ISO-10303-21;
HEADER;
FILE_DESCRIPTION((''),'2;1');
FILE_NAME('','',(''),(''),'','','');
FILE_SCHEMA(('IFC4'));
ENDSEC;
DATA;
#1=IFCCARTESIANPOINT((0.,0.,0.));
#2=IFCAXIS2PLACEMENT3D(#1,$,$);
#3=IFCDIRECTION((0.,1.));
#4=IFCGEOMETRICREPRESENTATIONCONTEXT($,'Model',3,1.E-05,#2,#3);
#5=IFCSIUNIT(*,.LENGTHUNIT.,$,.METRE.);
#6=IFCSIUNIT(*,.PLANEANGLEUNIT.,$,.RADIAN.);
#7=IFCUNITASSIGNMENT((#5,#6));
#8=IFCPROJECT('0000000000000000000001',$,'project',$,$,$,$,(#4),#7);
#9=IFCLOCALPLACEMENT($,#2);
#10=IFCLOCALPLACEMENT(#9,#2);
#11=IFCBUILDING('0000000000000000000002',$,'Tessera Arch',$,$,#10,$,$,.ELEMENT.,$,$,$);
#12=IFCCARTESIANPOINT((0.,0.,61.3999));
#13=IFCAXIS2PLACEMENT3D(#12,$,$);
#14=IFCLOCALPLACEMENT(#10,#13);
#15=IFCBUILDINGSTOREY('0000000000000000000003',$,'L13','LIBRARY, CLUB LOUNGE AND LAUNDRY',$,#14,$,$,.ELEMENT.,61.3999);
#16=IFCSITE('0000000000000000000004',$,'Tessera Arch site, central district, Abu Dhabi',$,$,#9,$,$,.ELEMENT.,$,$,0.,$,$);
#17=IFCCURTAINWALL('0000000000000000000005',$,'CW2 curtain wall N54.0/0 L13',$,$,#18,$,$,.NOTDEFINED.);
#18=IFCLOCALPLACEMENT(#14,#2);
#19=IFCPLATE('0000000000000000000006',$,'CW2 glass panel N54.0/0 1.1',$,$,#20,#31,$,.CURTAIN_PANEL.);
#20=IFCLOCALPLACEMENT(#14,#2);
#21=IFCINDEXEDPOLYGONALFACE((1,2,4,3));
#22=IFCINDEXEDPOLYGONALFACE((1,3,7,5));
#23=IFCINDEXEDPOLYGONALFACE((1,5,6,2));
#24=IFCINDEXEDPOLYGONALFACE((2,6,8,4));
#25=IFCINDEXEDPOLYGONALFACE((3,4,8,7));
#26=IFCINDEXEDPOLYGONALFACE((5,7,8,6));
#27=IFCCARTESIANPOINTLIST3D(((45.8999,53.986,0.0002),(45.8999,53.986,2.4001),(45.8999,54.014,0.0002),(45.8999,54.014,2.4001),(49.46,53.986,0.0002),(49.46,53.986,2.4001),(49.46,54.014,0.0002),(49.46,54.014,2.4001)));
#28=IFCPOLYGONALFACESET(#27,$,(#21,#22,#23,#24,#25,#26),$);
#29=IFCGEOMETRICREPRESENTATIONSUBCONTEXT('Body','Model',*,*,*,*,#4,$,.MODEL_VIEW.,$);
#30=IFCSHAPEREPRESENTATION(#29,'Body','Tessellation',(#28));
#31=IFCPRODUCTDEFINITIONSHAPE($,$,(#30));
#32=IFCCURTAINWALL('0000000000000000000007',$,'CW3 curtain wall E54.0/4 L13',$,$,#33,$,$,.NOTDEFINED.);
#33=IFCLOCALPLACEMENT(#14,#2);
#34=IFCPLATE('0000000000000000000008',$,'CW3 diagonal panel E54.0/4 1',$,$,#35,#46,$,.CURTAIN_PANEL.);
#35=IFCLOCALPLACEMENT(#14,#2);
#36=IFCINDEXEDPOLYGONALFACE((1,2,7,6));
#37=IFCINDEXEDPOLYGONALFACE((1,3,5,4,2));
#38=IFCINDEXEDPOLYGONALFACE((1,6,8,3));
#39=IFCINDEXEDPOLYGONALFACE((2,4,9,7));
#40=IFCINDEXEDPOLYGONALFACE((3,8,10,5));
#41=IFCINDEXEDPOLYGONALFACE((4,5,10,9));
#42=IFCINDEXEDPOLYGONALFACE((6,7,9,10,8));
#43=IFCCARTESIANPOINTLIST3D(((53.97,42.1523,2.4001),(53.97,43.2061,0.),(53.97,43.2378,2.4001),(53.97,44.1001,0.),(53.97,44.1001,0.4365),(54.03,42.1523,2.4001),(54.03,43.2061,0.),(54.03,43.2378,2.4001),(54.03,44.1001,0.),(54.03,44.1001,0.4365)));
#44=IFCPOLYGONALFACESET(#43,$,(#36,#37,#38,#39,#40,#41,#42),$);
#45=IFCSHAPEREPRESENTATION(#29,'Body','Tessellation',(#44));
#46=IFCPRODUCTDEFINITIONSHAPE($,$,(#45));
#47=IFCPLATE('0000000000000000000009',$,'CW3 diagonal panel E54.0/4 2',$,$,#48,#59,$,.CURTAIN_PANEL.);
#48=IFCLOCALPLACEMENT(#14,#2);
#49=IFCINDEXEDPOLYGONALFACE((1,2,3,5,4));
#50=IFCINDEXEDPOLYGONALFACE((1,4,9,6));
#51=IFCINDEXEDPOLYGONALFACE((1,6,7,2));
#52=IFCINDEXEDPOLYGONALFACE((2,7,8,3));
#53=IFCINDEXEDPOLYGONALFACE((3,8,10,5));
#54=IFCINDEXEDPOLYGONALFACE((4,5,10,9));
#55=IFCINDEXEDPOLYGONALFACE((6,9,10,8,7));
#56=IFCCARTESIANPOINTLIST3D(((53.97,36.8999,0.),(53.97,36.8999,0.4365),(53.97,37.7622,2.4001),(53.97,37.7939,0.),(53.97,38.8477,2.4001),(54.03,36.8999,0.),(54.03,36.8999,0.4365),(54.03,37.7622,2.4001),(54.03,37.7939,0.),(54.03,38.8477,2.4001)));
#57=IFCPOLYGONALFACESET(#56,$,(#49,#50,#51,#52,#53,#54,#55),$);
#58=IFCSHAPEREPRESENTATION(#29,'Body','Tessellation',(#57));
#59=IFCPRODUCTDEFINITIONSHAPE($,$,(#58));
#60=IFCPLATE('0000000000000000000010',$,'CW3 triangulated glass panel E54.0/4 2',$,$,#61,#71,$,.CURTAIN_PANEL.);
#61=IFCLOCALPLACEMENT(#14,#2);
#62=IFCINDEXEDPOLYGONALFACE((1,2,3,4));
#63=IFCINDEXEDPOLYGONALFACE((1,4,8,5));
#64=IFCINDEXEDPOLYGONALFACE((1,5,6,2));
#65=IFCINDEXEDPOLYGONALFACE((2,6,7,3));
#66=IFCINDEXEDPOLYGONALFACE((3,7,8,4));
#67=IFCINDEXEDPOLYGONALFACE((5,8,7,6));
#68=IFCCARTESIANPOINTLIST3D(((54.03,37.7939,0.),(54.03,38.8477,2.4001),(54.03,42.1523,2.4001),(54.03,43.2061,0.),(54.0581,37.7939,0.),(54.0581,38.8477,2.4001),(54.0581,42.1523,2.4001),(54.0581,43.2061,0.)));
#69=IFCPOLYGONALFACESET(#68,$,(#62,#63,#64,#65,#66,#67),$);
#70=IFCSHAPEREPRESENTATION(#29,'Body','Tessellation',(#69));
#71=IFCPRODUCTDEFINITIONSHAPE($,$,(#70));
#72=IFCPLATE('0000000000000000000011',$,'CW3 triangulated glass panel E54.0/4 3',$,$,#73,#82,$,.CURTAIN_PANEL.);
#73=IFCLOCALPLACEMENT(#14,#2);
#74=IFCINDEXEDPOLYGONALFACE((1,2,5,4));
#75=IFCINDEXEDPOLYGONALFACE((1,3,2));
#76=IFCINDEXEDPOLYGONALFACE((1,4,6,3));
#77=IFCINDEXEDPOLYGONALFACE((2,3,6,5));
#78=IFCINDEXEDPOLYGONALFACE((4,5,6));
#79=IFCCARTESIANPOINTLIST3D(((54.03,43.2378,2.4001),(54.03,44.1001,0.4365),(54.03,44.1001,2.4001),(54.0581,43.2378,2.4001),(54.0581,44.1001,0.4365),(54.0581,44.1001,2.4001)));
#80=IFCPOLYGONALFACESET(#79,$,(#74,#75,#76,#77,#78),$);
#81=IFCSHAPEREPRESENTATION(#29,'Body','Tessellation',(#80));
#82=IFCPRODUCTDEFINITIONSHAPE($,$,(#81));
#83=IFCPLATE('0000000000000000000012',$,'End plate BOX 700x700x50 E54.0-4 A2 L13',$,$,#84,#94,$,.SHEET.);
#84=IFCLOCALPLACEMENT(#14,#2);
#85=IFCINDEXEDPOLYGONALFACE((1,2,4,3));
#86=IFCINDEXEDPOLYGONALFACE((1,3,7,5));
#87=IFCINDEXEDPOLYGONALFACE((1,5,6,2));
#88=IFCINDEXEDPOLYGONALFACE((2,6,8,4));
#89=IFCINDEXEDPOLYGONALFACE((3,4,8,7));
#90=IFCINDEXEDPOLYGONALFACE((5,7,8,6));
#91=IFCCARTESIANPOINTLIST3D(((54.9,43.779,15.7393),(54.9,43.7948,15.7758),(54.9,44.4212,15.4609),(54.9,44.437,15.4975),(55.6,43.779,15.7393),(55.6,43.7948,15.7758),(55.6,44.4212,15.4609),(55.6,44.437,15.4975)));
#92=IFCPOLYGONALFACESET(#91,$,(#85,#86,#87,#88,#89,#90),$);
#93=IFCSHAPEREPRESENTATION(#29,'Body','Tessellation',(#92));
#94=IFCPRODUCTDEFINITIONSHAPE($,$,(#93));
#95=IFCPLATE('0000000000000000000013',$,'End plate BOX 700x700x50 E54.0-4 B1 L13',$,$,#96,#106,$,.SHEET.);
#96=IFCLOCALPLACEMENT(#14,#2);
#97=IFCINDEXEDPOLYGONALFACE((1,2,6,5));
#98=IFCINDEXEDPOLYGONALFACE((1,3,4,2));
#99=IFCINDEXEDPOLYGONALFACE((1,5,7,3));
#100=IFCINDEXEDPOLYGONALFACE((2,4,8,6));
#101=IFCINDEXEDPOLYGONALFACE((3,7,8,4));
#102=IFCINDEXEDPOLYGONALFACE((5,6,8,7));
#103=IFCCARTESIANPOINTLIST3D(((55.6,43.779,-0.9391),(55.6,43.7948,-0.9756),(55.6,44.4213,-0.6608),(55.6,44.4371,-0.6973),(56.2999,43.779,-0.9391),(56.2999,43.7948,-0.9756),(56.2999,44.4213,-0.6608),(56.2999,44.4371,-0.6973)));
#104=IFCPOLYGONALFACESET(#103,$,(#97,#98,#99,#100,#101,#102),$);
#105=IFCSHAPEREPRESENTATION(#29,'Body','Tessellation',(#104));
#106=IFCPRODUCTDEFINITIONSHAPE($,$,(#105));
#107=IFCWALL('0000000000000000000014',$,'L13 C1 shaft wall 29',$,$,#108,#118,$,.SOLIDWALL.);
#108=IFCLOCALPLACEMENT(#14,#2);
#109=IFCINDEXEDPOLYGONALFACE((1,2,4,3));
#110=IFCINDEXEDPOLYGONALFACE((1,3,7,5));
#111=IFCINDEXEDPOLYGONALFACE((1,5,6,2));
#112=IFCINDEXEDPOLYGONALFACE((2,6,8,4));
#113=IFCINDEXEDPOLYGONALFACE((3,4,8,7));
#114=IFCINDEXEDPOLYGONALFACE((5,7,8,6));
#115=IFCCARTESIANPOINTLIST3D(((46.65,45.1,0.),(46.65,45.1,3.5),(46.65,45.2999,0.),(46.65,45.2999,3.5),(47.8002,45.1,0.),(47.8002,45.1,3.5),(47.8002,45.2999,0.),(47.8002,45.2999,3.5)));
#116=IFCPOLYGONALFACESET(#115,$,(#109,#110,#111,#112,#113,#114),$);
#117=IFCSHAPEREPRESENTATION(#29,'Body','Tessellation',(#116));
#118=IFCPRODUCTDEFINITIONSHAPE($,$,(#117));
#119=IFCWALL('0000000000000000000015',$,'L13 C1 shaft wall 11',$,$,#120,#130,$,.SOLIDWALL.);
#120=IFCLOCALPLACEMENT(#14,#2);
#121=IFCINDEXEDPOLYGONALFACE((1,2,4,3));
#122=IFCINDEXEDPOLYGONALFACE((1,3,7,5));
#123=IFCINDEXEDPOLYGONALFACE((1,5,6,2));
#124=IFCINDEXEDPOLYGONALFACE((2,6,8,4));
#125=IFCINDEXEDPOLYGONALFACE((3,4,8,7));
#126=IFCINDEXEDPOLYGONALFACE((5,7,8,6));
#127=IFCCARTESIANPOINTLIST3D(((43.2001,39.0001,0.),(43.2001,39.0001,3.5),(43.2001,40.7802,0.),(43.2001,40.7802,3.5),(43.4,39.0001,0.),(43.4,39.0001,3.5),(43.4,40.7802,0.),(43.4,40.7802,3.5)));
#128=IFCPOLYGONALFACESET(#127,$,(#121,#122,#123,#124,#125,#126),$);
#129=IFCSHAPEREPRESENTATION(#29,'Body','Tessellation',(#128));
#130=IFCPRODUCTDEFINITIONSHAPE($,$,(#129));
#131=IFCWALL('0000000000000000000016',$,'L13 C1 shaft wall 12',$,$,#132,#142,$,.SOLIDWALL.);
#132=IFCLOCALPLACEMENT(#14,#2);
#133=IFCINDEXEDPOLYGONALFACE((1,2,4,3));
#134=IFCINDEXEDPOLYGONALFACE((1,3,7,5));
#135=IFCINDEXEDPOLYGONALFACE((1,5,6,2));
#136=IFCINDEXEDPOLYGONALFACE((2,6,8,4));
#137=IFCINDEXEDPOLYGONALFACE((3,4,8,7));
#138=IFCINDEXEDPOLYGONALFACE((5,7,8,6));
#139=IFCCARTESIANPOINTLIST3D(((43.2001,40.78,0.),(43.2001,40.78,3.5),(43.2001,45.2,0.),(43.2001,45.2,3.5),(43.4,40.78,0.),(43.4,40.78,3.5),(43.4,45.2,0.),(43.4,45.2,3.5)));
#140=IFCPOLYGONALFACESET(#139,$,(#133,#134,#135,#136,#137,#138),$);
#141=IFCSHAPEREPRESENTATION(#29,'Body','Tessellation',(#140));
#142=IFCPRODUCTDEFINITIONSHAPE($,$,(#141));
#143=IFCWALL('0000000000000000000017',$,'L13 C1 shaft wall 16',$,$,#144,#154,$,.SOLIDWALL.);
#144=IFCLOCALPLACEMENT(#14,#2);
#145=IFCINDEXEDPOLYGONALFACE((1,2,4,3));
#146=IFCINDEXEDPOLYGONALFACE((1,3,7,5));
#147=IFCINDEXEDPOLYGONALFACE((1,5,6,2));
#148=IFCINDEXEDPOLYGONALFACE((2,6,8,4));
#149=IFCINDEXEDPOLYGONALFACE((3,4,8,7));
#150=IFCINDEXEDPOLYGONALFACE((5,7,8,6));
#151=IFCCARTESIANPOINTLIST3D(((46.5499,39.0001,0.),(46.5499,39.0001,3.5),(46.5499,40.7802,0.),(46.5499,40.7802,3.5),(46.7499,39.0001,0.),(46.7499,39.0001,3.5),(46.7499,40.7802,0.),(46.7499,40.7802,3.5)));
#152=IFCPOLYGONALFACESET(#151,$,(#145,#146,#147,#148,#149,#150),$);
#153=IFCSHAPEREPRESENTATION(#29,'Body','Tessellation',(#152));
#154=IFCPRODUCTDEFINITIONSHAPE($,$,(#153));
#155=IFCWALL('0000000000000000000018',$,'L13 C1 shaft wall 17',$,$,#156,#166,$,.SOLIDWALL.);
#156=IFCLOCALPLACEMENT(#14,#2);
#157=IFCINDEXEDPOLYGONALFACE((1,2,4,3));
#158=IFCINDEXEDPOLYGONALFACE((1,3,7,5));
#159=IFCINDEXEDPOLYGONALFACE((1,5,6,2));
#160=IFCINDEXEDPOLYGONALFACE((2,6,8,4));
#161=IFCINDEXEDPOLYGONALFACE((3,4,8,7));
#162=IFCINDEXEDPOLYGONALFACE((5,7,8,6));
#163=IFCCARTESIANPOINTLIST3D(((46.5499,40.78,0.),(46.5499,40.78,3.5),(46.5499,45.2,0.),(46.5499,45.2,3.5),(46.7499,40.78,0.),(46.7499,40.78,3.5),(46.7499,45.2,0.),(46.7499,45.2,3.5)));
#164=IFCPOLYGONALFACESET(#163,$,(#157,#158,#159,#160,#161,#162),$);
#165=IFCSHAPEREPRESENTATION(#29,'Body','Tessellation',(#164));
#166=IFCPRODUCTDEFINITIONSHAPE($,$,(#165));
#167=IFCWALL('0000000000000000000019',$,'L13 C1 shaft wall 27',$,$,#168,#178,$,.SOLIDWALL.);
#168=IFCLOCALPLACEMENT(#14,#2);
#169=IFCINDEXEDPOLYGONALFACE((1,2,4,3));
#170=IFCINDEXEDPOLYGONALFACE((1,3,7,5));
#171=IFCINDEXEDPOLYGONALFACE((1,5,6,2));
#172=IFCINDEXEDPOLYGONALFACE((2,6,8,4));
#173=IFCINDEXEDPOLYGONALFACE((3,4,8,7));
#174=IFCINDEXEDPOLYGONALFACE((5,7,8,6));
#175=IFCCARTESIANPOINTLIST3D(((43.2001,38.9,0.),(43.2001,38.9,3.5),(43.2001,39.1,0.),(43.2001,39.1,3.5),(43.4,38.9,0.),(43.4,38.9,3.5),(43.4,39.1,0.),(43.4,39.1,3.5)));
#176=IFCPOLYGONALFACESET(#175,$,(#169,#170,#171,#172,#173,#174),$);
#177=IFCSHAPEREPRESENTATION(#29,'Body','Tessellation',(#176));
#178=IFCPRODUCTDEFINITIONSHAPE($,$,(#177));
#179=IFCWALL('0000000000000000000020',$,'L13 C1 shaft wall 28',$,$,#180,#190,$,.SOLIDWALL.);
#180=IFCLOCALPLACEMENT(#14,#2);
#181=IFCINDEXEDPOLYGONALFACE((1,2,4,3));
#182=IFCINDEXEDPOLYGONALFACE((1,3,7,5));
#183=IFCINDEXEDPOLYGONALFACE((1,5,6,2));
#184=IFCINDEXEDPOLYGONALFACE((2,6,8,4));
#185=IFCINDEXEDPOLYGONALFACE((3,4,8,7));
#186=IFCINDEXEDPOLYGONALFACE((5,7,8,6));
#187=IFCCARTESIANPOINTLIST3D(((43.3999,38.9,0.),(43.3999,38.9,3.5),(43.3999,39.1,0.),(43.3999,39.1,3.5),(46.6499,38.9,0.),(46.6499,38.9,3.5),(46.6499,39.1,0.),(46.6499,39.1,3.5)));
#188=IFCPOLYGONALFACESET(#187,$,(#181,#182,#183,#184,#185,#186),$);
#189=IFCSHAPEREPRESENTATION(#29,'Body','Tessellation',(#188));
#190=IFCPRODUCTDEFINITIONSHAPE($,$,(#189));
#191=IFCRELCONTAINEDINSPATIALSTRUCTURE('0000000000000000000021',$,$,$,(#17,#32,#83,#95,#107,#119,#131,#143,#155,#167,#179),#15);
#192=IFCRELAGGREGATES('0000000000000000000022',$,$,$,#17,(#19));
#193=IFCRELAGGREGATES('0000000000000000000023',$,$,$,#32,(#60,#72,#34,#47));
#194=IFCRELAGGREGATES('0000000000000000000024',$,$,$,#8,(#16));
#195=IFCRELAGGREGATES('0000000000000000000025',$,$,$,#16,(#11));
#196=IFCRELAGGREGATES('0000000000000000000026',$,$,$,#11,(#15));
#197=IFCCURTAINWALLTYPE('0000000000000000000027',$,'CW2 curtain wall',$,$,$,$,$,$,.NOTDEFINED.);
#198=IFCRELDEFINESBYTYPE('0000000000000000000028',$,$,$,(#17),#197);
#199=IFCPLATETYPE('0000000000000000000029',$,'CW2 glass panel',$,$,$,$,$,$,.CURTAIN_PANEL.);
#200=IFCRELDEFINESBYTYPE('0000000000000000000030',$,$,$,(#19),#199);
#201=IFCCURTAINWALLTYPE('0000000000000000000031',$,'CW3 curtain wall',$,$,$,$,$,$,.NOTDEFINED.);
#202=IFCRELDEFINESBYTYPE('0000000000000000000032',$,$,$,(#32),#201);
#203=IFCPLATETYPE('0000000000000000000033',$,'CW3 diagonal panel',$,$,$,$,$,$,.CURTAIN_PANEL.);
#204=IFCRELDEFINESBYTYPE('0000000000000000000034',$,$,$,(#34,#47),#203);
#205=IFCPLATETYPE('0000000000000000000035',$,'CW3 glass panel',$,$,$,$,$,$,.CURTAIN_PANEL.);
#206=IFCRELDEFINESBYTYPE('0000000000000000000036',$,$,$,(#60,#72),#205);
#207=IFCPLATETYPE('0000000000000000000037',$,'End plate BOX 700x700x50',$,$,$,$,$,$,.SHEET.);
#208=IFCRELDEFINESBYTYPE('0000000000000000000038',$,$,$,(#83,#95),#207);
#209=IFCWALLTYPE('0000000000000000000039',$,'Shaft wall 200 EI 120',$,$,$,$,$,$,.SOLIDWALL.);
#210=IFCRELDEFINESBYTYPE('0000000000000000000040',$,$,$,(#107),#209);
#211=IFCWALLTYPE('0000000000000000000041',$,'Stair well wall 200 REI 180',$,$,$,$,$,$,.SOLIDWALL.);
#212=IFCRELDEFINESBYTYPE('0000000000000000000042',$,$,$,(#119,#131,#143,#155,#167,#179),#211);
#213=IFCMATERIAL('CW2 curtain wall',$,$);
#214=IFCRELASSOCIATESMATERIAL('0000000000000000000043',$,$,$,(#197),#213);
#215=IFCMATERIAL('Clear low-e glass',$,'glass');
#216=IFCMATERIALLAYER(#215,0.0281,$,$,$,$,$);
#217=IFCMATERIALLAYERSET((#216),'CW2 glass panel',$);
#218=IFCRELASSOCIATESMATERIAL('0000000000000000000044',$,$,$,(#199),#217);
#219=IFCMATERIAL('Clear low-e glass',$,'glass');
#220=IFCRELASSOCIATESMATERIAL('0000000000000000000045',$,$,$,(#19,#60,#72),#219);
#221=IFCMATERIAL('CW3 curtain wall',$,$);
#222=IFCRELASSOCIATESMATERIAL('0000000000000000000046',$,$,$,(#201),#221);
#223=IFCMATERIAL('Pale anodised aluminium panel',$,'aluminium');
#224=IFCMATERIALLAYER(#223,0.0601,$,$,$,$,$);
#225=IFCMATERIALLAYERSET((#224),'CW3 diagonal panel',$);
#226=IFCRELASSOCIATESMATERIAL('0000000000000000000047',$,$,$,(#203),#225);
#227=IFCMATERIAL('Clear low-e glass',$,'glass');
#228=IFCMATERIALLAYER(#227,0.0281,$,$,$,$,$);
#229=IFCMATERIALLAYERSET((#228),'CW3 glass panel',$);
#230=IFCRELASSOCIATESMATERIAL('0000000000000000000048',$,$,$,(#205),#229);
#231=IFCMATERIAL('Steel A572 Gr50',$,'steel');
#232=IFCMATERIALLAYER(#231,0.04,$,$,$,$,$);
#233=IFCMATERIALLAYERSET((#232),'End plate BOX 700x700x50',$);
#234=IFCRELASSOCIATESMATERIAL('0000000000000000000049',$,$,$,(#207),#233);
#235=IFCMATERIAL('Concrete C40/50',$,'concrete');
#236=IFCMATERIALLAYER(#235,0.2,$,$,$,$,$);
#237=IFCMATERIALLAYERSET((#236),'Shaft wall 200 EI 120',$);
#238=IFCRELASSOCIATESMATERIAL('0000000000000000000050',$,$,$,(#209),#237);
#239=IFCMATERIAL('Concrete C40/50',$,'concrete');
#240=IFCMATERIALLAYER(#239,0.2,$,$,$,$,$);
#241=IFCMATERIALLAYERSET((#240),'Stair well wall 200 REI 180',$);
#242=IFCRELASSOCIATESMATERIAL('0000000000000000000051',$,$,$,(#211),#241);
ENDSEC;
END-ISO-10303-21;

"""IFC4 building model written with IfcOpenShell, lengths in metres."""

from ifc_helpers import new_model, si_unit, direction, frame, frame_2d, origin, origin_2d, place, context, subcontext, project, spatial, polyline, rectangle, outline, extrude, material, layer, layer_set, type_object, element, aggregate, save


model = new_model("IFC4")

# Units and contexts
model_context = context("Model", 3, precision=1e-05, world=origin(), true_north=direction((0.0, 1.0)))
body_context = subcontext(model_context, "Body", "Model", "MODEL_VIEW")
ifc_project = project(units=[si_unit("LENGTHUNIT", "METRE"), si_unit("PLANEANGLEUNIT", "RADIAN")], contexts=[model_context])

# Site, building, storey
site_placement = place(None, origin())
site = spatial("IfcSite", under=ifc_project, at=site_placement, Name="Tessera Arch site, central district, Abu Dhabi", CompositionType="ELEMENT", RefElevation=0.0)
building_placement = place(site_placement, origin())
building = spatial("IfcBuilding", under=site, at=building_placement, Name="Tessera Arch", CompositionType="ELEMENT")
storey_placement = place(building_placement, frame((0.0, 0.0, 61.3999)))
storey = spatial("IfcBuildingStorey", under=building, at=storey_placement, Name="L13", Description="LIBRARY, CLUB LOUNGE AND LAUNDRY", CompositionType="ELEMENT", Elevation=61.3999)

# Curtain wall
ifc_material_1 = material(Name="CW2 curtain wall")
curtain_wall_type_1 = type_object("IfcCurtainWallType", Name="CW2 curtain wall", PredefinedType="NOTDEFINED", material=ifc_material_1)
curtain_wall_1_placement = place(storey_placement, origin())
curtain_wall_1 = element("IfcCurtainWall", 1, at=curtain_wall_1_placement, inside=storey, type_object=curtain_wall_type_1, Name="CW2 curtain wall N54.0/0 L13", PredefinedType="NOTDEFINED")

# Plate
ifc_material_2 = material(Name="Clear low-e glass", Category="glass")
ifc_material_3 = material(Name="Clear low-e glass", Category="glass")
ifc_layer_1 = layer(ifc_material_3, 0.0281)
ifc_layer_set_1 = layer_set([ifc_layer_1], Name="CW2 glass panel")
plate_type_1 = type_object("IfcPlateType", Name="CW2 glass panel", PredefinedType="CURTAIN_PANEL", material=ifc_layer_set_1)
plate_1_placement = place(storey_placement, frame((47.6799, 54.0, 0.0002), z_axis=(0.0, 0.0, 1.0), x_axis=(-1.0, 0.0, 0.0)))
plate_1 = element("IfcPlate", 2, at=plate_1_placement, type_object=plate_type_1, material=ifc_material_2, Name="CW2 glass panel N54.0/0 1.1", PredefinedType="CURTAIN_PANEL", context=body_context, shape_type="SweptSolid", body=[
    extrude(rectangle(XDim=3.5601, YDim=0.0281, at=origin_2d()), origin(), (0.0, 0.0, 1.0), 2.3999),
])
aggregate(curtain_wall_1, [plate_1])

# Curtain wall, plates
ifc_material_4 = material(Name="CW3 curtain wall")
curtain_wall_type_2 = type_object("IfcCurtainWallType", Name="CW3 curtain wall", PredefinedType="NOTDEFINED", material=ifc_material_4)
curtain_wall_2_placement = place(storey_placement, origin())
curtain_wall_2 = element("IfcCurtainWall", 3, at=curtain_wall_2_placement, inside=storey, type_object=curtain_wall_type_2, Name="CW3 curtain wall E54.0/4 L13", PredefinedType="NOTDEFINED")
ifc_material_5 = material(Name="Pale anodised aluminium panel", Category="aluminium")
ifc_layer_2 = layer(ifc_material_5, 0.0601)
ifc_layer_set_2 = layer_set([ifc_layer_2], Name="CW3 diagonal panel")
plate_type_2 = type_object("IfcPlateType", Name="CW3 diagonal panel", PredefinedType="CURTAIN_PANEL", material=ifc_layer_set_2)
plate_2_placement = place(storey_placement, frame((54.03, 44.1001, 0.0), z_axis=(1.0, 0.0, 0.0), x_axis=(0.0, 0.0, 1.0)))
plate_2 = element("IfcPlate", 4, at=plate_2_placement, type_object=plate_type_2, Name="CW3 diagonal panel E54.0/4 1", PredefinedType="CURTAIN_PANEL", context=body_context, shape_type="SweptSolid", body=[
    extrude(outline(polyline([(0.0, 0.0), (0.4365, 0.0), (2.4001, 0.8623), (2.4001, 1.9478), (0.0, 0.894), (0.0, 0.0)])), origin(), (0.0, 0.0, -1.0), 0.0601),
])
plate_3_placement = place(storey_placement, frame((54.03, 38.8477, 2.4001), z_axis=(1.0, 0.0, 0.0), x_axis=(0.0, -1.0, 0.0)))
plate_3 = element("IfcPlate", 5, at=plate_3_placement, type_object=plate_type_2, Name="CW3 diagonal panel E54.0/4 2", PredefinedType="CURTAIN_PANEL", context=body_context, shape_type="SweptSolid", body=[
    extrude(outline(polyline([(0.0, 0.0), (1.0854, 0.0), (1.9478, 1.9636), (1.9478, 2.4001), (1.0537, 2.4001), (0.0, 0.0)])), origin(), (0.0, 0.0, -1.0), 0.0601),
])
ifc_material_6 = material(Name="Clear low-e glass", Category="glass")
ifc_layer_3 = layer(ifc_material_6, 0.0281)
ifc_layer_set_3 = layer_set([ifc_layer_3], Name="CW3 glass panel")
plate_type_3 = type_object("IfcPlateType", Name="CW3 glass panel", PredefinedType="CURTAIN_PANEL", material=ifc_layer_set_3)
plate_4_placement = place(storey_placement, frame((54.0581, 42.1523, 2.4001), z_axis=(1.0, 0.0, 0.0), x_axis=(0.0, -1.0, 0.0)))
plate_4 = element("IfcPlate", 6, at=plate_4_placement, type_object=plate_type_3, material=ifc_material_2, Name="CW3 triangulated glass panel E54.0/4 2", PredefinedType="CURTAIN_PANEL", context=body_context, shape_type="SweptSolid", body=[
    extrude(outline(polyline([(0.0, 0.0), (3.3047, 0.0), (4.3584, 2.4001), (-1.0537, 2.4001), (0.0, 0.0)])), origin(), (0.0, 0.0, -1.0), 0.0281),
])
plate_5_placement = place(storey_placement, frame((54.0581, 44.1001, 2.4001), z_axis=(1.0, 0.0, 0.0), x_axis=(0.0, -1.0, 0.0)))
plate_5 = element("IfcPlate", 7, at=plate_5_placement, type_object=plate_type_3, material=ifc_material_2, Name="CW3 triangulated glass panel E54.0/4 3", PredefinedType="CURTAIN_PANEL", context=body_context, shape_type="SweptSolid", body=[
    extrude(outline(polyline([(0.0, 0.0), (0.8623, 0.0), (0.0, 1.9636), (0.0, 0.0)])), origin(), (0.0, 0.0, -1.0), 0.0281),
])
aggregate(curtain_wall_2, [plate_4, plate_5, plate_2, plate_3])

# Plates
ifc_material_7 = material(Name="Steel A572 Gr50", Category="steel")
ifc_layer_4 = layer(ifc_material_7, 0.04)
ifc_layer_set_4 = layer_set([ifc_layer_4], Name="End plate BOX 700x700x50")
plate_type_4 = type_object("IfcPlateType", Name="End plate BOX 700x700x50", PredefinedType="SHEET", material=ifc_layer_set_4)
for number, where, z_axis, x_axis, name in (
    (8, (55.25, 44.1001, 15.6001), (0.0, 0.397607, 0.917556), (-1.0, 0.0, 0.0), "End plate BOX 700x700x50 E54.0-4 A2 L13"),
    (9, (55.95, 44.116, -0.8364), (0.0, -0.397607, 0.917556), (1.0, 0.0, 0.0), "End plate BOX 700x700x50 E54.0-4 B1 L13"),
):
    element("IfcPlate", number, at=place(storey_placement, frame(where, z_axis=z_axis, x_axis=x_axis)), inside=storey, type_object=plate_type_4, Name=name, PredefinedType="SHEET", context=body_context, shape_type="SweptSolid", body=[
        extrude(rectangle(XDim=0.7, YDim=0.7, at=origin_2d()), origin(), (0.0, 0.0, 1.0), 0.0398),
    ])

# Walls
ifc_material_8 = material(Name="Concrete C40/50", Category="concrete")
ifc_layer_5 = layer(ifc_material_8, 0.2)
ifc_layer_set_5 = layer_set([ifc_layer_5], Name="Shaft wall 200 EI 120")
wall_type_1 = type_object("IfcWallType", Name="Shaft wall 200 EI 120", PredefinedType="SOLIDWALL", material=ifc_layer_set_5)
wall_1_placement = place(storey_placement, frame((46.6499, 45.2, 0.0), z_axis=(0.0, 0.0, 1.0), x_axis=(1.0, 0.0, 0.0)))
element("IfcWall", 10, at=wall_1_placement, inside=storey, type_object=wall_type_1, Name="L13 C1 shaft wall 29", PredefinedType="SOLIDWALL", context=body_context, shape_type="SweptSolid", body=[
    extrude(rectangle(XDim=1.1501, YDim=0.2, at=frame_2d((0.5752, 0.0))), origin(), (0.0, 0.0, 1.0), 3.5),
])
ifc_material_9 = material(Name="Concrete C40/50", Category="concrete")
ifc_layer_6 = layer(ifc_material_9, 0.2)
ifc_layer_set_6 = layer_set([ifc_layer_6], Name="Stair well wall 200 REI 180")
wall_type_2 = type_object("IfcWallType", Name="Stair well wall 200 REI 180", PredefinedType="SOLIDWALL", material=ifc_layer_set_6)
wall_2_placement = place(storey_placement, frame((43.3, 39.0, 0.0), z_axis=(0.0, 0.0, 1.0), x_axis=(0.0, 1.0, 0.0)))
element("IfcWall", 11, at=wall_2_placement, inside=storey, type_object=wall_type_2, Name="L13 C1 shaft wall 11", PredefinedType="SOLIDWALL", context=body_context, shape_type="SweptSolid", body=[
    extrude(rectangle(XDim=1.78, YDim=0.2, at=frame_2d((0.8901, 0.0))), origin(), (0.0, 0.0, 1.0), 3.5),
])
wall_3_placement = place(storey_placement, frame((43.3, 40.78, 0.0), z_axis=(0.0, 0.0, 1.0), x_axis=(0.0, 1.0, 0.0)))
element("IfcWall", 12, at=wall_3_placement, inside=storey, type_object=wall_type_2, Name="L13 C1 shaft wall 12", PredefinedType="SOLIDWALL", context=body_context, shape_type="SweptSolid", body=[
    extrude(rectangle(XDim=4.4199, YDim=0.2, at=frame_2d((2.21, 0.0))), origin(), (0.0, 0.0, 1.0), 3.5),
])
wall_4_placement = place(storey_placement, frame((46.6499, 39.0, 0.0), z_axis=(0.0, 0.0, 1.0), x_axis=(0.0, 1.0, 0.0)))
element("IfcWall", 13, at=wall_4_placement, inside=storey, type_object=wall_type_2, Name="L13 C1 shaft wall 16", PredefinedType="SOLIDWALL", context=body_context, shape_type="SweptSolid", body=[
    extrude(rectangle(XDim=1.78, YDim=0.2, at=frame_2d((0.8901, 0.0))), origin(), (0.0, 0.0, 1.0), 3.5),
])
wall_5_placement = place(storey_placement, frame((46.6499, 40.78, 0.0), z_axis=(0.0, 0.0, 1.0), x_axis=(0.0, 1.0, 0.0)))
element("IfcWall", 14, at=wall_5_placement, inside=storey, type_object=wall_type_2, Name="L13 C1 shaft wall 17", PredefinedType="SOLIDWALL", context=body_context, shape_type="SweptSolid", body=[
    extrude(rectangle(XDim=4.4199, YDim=0.2, at=frame_2d((2.21, 0.0))), origin(), (0.0, 0.0, 1.0), 3.5),
])
wall_6_placement = place(storey_placement, frame((43.2, 39.0, 0.0), z_axis=(0.0, 0.0, 1.0), x_axis=(1.0, 0.0, 0.0)))
element("IfcWall", 15, at=wall_6_placement, inside=storey, type_object=wall_type_2, Name="L13 C1 shaft wall 27", PredefinedType="SOLIDWALL", context=body_context, shape_type="SweptSolid", body=[
    extrude(rectangle(XDim=0.2, YDim=0.2, at=frame_2d((0.1001, 0.0))), origin(), (0.0, 0.0, 1.0), 3.5),
])
wall_7_placement = place(storey_placement, frame((43.3999, 39.0, 0.0), z_axis=(0.0, 0.0, 1.0), x_axis=(1.0, 0.0, 0.0)))
element("IfcWall", 16, at=wall_7_placement, inside=storey, type_object=wall_type_2, Name="L13 C1 shaft wall 28", PredefinedType="SOLIDWALL", context=body_context, shape_type="SweptSolid", body=[
    extrude(rectangle(XDim=3.25, YDim=0.2, at=frame_2d((1.625, 0.0))), origin(), (0.0, 0.0, 1.0), 3.5),
])

save(model, "model.ifc")
